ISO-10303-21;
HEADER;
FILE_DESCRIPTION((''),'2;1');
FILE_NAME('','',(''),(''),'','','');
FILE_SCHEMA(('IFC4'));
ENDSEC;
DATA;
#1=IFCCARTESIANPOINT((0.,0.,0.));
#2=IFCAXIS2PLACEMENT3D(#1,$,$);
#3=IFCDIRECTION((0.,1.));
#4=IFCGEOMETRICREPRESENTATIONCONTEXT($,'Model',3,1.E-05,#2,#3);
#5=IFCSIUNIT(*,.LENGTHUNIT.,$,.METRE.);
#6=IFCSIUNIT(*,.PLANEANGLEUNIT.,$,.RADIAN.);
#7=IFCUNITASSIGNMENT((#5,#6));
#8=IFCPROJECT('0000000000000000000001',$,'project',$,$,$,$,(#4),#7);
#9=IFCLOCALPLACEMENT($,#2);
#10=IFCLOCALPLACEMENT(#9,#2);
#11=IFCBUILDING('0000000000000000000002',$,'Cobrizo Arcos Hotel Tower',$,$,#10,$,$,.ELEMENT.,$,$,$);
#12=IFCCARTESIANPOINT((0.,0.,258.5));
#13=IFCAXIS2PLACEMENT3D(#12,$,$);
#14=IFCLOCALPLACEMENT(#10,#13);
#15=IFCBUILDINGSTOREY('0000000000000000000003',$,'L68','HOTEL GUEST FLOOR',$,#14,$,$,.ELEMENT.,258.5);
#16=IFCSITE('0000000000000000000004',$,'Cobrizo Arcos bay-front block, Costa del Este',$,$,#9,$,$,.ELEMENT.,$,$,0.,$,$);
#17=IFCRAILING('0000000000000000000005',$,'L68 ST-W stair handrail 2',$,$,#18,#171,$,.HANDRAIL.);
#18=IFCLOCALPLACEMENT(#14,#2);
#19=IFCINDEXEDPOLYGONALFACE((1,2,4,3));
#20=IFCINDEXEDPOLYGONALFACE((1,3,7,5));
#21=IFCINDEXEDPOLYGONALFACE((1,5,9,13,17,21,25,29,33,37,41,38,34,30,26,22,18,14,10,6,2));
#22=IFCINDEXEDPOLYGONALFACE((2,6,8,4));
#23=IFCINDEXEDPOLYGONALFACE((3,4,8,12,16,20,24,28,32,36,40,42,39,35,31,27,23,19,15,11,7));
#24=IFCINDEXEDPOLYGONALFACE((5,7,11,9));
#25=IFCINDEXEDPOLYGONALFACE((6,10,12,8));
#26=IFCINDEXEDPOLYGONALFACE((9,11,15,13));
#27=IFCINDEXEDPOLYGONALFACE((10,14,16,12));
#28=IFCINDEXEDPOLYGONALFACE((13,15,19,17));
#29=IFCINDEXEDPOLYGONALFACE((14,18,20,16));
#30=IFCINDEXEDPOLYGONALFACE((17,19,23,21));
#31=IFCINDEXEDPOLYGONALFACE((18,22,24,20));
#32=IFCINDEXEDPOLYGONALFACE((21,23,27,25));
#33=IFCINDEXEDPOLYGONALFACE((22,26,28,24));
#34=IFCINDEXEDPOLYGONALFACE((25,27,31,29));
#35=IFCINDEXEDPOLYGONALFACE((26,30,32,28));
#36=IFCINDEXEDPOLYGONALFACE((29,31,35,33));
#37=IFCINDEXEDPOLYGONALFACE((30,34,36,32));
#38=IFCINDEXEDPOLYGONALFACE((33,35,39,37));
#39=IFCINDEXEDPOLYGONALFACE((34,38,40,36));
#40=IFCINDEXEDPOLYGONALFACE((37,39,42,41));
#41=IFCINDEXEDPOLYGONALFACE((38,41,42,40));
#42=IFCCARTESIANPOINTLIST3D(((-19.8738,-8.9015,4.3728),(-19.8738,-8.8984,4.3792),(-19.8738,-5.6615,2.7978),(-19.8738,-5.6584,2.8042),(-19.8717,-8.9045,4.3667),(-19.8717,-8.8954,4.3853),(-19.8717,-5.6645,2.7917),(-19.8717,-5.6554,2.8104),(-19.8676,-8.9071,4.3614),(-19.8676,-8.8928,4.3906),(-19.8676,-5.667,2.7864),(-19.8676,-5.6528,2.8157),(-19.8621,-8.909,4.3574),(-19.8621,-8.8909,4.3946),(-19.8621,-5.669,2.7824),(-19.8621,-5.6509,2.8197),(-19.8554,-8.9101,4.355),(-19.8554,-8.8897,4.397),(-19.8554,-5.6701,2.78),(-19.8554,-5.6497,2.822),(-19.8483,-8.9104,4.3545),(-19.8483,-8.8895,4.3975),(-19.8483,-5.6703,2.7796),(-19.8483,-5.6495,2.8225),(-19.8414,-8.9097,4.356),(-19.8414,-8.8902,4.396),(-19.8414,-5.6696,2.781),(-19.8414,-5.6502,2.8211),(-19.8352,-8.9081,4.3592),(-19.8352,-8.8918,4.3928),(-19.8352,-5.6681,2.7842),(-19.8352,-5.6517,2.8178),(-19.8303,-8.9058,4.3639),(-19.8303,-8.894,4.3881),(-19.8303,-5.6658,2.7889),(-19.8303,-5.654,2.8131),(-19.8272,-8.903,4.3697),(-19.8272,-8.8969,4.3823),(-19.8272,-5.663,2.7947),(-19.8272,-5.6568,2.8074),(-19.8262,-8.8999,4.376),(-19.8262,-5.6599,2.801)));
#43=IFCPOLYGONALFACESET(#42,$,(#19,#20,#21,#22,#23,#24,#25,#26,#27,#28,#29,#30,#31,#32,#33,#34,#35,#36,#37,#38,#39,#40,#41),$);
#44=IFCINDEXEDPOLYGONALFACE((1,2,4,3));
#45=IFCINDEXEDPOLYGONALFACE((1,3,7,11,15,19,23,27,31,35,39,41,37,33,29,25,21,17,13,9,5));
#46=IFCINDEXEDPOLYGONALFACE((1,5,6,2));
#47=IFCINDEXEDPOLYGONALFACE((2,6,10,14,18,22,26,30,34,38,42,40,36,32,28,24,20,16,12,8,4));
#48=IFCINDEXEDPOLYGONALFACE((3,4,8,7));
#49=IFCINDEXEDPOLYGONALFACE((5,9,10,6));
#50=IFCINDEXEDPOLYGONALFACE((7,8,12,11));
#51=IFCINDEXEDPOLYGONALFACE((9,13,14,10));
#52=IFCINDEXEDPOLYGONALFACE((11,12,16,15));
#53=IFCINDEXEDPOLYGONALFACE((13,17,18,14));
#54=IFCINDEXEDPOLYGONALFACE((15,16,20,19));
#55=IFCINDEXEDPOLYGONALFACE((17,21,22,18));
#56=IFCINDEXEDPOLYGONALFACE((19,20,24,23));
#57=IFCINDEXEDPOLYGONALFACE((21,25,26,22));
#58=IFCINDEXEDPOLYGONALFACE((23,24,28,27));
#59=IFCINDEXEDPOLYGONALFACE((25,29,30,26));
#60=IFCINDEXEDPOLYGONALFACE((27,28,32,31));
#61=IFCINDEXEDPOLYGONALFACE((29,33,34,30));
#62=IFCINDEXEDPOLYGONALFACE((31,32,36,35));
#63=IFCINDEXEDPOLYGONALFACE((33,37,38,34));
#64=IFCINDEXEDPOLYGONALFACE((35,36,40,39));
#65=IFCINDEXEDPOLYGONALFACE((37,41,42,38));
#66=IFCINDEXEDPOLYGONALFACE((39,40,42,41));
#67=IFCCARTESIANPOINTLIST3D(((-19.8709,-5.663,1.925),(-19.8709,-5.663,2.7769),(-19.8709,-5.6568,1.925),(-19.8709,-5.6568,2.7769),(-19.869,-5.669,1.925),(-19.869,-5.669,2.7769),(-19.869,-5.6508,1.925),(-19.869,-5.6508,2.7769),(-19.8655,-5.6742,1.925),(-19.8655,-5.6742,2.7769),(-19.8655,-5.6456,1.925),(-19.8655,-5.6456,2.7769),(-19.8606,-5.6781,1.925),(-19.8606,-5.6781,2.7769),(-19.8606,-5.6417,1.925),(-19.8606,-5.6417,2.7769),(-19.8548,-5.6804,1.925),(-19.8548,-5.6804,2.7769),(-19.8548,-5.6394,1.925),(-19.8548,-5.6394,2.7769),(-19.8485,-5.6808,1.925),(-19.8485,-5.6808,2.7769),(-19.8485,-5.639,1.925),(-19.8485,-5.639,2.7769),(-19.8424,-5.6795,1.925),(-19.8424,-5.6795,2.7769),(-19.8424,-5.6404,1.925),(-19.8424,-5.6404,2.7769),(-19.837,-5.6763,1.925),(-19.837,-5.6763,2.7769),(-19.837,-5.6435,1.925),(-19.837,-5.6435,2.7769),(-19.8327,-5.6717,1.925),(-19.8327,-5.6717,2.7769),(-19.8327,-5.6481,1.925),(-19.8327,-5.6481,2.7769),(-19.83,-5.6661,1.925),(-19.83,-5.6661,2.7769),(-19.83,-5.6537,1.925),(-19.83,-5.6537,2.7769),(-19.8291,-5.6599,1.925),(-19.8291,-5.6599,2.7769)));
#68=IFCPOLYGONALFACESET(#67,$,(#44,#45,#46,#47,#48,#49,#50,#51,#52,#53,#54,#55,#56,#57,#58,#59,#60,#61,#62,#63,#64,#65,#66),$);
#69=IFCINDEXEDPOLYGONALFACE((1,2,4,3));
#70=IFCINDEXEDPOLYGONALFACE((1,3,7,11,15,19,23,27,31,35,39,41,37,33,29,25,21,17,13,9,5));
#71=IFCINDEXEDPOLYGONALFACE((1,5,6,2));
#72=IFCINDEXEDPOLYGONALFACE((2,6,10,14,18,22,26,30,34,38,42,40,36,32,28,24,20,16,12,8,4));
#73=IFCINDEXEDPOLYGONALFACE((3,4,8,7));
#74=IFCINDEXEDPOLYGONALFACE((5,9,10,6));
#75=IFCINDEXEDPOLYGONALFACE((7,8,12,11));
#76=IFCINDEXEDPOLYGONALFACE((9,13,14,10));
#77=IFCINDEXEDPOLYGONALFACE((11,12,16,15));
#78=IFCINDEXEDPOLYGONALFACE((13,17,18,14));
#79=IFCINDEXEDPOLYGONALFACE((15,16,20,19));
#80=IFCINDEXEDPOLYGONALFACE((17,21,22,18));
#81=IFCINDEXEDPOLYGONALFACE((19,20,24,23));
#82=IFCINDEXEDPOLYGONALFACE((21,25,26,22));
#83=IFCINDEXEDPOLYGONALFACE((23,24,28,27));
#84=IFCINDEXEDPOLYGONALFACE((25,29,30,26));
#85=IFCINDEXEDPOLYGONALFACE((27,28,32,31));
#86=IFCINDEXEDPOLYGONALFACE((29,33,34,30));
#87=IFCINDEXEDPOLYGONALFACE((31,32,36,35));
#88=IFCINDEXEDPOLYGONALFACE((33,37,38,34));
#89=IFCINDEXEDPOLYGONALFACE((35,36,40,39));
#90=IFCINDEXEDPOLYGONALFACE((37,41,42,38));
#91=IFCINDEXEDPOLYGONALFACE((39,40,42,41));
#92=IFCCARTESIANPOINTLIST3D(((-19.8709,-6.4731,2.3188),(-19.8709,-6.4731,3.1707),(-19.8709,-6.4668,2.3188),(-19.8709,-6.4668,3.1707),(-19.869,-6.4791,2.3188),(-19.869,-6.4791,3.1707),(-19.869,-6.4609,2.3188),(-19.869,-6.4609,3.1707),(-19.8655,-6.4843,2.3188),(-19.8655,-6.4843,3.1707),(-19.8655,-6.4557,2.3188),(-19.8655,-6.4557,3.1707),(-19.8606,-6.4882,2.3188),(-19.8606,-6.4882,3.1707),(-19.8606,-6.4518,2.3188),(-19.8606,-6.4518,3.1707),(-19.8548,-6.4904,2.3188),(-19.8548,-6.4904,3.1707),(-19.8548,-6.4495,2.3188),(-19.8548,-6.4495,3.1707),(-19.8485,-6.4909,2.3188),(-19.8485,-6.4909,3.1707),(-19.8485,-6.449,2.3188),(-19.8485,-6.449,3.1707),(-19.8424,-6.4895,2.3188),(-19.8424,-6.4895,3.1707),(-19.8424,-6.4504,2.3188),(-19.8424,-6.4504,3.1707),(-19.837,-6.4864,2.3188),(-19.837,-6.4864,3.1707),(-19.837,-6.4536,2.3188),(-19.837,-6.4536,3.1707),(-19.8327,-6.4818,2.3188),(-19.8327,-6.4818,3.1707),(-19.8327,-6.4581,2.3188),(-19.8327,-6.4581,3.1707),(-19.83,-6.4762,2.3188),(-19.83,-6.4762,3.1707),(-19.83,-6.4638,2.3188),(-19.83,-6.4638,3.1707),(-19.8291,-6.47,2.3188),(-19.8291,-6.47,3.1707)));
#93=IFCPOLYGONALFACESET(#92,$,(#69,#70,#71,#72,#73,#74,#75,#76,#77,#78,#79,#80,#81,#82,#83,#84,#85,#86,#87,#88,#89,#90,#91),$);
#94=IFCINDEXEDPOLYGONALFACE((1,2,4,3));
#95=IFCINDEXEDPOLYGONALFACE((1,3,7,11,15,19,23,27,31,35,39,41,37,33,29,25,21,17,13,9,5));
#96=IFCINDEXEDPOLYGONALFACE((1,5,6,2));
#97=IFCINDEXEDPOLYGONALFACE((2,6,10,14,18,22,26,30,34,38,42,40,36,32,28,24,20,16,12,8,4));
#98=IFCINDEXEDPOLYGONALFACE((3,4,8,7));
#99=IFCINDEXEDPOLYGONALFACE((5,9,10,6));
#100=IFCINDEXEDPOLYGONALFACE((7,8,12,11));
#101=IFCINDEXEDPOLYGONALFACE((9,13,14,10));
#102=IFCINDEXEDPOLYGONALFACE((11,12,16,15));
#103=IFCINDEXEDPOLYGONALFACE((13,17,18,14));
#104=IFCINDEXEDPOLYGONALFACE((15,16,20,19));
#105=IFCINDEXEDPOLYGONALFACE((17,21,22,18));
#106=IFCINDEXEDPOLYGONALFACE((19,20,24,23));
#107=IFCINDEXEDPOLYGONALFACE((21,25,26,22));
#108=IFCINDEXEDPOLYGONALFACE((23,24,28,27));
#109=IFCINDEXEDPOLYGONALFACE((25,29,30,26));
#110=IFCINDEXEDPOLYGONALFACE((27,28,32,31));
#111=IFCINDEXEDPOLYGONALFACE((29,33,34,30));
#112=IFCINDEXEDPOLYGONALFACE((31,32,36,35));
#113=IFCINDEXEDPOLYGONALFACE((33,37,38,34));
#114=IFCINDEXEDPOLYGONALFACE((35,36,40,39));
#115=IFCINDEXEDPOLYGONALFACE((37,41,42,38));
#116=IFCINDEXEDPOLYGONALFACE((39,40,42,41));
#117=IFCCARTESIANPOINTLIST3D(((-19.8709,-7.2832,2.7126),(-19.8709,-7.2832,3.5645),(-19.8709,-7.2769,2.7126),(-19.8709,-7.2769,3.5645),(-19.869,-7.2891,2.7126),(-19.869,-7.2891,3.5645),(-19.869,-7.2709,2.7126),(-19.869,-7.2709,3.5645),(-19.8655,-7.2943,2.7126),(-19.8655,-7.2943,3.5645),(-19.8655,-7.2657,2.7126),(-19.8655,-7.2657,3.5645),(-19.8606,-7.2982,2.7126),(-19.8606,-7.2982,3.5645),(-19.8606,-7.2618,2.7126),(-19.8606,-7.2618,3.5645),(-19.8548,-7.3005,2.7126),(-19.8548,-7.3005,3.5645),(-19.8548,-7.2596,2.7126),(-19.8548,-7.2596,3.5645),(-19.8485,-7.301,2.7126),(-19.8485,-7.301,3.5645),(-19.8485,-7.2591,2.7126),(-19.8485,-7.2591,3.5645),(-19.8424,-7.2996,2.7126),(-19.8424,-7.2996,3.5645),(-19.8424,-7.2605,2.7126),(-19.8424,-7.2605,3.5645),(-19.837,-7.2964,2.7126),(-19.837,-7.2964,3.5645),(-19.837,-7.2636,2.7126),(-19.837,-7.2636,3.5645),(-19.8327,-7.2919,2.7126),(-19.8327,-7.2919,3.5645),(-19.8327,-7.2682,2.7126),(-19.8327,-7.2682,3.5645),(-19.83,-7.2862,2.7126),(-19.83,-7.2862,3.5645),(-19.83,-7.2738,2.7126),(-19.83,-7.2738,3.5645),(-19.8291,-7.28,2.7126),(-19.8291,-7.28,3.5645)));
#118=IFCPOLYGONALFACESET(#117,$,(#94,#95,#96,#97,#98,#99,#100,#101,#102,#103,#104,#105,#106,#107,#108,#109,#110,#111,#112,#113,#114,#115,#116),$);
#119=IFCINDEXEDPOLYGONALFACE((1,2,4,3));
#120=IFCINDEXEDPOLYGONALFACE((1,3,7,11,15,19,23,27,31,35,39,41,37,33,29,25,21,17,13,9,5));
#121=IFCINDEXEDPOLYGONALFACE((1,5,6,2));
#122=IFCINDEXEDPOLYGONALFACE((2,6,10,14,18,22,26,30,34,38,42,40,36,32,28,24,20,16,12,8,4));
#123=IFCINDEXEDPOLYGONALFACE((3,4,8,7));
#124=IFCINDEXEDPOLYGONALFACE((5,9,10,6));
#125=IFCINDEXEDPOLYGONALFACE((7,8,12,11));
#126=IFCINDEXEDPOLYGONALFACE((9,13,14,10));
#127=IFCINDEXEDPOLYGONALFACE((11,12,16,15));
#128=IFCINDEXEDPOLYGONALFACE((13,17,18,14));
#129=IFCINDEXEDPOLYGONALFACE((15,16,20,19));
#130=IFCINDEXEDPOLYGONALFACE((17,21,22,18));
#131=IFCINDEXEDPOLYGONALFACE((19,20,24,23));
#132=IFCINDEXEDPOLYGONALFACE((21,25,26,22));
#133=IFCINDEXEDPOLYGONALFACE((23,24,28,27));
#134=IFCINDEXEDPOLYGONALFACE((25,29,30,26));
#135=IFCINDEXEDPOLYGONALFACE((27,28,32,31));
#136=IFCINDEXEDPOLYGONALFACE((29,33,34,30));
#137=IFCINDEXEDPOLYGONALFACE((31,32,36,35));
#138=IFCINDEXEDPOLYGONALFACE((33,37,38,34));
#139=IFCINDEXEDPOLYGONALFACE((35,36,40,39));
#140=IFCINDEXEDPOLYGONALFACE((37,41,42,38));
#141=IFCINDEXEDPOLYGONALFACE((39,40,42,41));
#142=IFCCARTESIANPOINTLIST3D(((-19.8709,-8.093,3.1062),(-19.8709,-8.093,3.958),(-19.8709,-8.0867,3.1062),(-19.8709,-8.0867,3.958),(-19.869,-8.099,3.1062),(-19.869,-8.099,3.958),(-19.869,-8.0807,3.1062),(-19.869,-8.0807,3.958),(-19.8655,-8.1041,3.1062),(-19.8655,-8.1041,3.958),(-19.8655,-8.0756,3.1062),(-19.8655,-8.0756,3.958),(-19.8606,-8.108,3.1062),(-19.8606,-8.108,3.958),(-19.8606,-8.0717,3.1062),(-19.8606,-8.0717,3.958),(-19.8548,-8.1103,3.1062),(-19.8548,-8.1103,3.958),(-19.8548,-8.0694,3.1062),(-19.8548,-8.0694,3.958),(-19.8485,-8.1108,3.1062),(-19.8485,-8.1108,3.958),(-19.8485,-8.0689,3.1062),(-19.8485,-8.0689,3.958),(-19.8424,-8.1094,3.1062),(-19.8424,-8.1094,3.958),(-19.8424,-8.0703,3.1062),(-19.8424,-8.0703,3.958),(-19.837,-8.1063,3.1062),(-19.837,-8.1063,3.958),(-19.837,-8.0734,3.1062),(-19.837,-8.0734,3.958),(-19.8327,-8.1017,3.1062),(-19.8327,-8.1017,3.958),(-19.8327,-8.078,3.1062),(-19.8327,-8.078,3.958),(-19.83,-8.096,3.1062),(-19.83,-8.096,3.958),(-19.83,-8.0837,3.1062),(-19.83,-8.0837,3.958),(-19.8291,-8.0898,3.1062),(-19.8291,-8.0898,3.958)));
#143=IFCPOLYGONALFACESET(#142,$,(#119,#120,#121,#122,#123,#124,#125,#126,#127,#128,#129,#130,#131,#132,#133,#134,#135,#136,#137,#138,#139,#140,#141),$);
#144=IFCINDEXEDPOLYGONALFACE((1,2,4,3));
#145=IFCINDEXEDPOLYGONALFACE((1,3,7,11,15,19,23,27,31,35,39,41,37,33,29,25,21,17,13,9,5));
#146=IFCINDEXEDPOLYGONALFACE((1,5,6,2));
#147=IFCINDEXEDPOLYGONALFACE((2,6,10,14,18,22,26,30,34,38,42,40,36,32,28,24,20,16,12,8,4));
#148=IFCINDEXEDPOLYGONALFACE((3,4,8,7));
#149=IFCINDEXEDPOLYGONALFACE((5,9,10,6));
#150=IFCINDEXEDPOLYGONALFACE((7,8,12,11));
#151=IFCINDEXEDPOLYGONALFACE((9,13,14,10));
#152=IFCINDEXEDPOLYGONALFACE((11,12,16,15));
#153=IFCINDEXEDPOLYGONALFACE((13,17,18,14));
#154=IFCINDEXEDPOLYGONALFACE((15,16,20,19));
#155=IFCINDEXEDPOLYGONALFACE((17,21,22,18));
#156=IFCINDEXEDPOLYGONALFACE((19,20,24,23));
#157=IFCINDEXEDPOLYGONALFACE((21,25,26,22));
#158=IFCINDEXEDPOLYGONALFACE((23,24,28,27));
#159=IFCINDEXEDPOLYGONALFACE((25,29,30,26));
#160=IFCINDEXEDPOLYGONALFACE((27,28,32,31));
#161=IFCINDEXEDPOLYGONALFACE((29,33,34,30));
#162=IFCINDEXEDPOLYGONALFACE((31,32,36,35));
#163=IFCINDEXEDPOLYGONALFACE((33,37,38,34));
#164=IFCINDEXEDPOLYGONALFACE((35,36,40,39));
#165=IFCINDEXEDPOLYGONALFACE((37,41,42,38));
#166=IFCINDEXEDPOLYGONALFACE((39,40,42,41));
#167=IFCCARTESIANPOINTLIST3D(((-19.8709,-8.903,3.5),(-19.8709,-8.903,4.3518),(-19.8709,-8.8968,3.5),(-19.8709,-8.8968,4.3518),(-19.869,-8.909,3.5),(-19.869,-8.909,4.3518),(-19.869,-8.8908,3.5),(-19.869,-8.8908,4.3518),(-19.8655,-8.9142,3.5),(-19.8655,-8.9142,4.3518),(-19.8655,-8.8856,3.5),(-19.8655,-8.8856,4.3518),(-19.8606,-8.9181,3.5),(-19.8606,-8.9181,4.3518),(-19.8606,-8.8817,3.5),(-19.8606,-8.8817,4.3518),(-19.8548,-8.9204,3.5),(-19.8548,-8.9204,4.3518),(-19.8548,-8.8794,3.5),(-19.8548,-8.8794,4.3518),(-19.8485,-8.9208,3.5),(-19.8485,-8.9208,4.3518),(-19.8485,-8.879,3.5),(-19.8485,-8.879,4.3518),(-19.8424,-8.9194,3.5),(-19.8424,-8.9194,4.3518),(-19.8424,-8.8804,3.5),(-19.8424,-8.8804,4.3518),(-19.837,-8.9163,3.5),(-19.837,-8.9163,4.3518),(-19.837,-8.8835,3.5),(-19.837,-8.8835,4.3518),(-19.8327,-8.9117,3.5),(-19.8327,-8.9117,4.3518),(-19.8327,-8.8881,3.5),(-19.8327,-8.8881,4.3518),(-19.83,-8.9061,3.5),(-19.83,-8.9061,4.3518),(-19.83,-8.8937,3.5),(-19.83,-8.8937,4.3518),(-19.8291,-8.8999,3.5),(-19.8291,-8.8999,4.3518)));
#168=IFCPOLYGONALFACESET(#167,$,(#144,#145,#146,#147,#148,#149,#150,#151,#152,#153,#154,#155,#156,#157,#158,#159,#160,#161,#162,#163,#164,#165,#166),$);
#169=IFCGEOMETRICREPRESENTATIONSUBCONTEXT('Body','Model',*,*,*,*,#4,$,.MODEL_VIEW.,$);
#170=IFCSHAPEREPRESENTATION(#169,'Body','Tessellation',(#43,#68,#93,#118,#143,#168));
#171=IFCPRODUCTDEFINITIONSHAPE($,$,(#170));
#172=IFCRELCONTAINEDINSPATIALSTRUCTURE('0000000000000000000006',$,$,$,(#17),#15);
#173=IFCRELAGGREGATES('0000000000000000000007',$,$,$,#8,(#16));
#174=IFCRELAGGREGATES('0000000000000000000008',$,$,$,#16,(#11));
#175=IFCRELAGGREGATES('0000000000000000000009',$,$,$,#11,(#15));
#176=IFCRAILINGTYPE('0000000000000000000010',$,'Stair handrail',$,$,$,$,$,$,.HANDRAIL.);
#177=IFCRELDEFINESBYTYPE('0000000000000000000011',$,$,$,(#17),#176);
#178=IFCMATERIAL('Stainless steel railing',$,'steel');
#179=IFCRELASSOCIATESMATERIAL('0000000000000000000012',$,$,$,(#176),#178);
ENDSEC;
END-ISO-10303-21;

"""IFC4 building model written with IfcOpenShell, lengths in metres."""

from ifc_helpers import new_model, si_unit, direction, frame, origin, origin_2d, place, context, subcontext, project, spatial, circle, extrude, material, type_object, element, save


model = new_model("IFC4")

# Units and contexts
model_context = context("Model", 3, precision=1e-05, world=origin(), true_north=direction((0.0, 1.0)))
body_context = subcontext(model_context, "Body", "Model", "MODEL_VIEW")
ifc_project = project(units=[si_unit("LENGTHUNIT", "METRE"), si_unit("PLANEANGLEUNIT", "RADIAN")], contexts=[model_context])

# Site, building, storey
site_placement = place(None, origin())
site = spatial("IfcSite", under=ifc_project, at=site_placement, Name="Cobrizo Arcos bay-front block, Costa del Este", CompositionType="ELEMENT", RefElevation=0.0)
building_placement = place(site_placement, origin())
building = spatial("IfcBuilding", under=site, at=building_placement, Name="Cobrizo Arcos Hotel Tower", CompositionType="ELEMENT")
storey_placement = place(building_placement, frame((0.0, 0.0, 258.5)))
storey = spatial("IfcBuildingStorey", under=building, at=storey_placement, Name="L68", Description="HOTEL GUEST FLOOR", CompositionType="ELEMENT", Elevation=258.5)

# Railing
ifc_material_1 = material(Name="Stainless steel railing", Category="steel")
railing_type_1 = type_object("IfcRailingType", Name="Stair handrail", PredefinedType="HANDRAIL", material=ifc_material_1)
railing_1_placement = place(storey_placement, frame((-19.8501, -5.6599, 1.925)))
element("IfcRailing", 1, at=railing_1_placement, inside=storey, type_object=railing_type_1, Name="L68 ST-W stair handrail 2", PredefinedType="HANDRAIL", context=body_context, shape_type="SweptSolid", body=[
    extrude(circle(Radius=0.0239, at=origin_2d()), frame((0.0, 0.0, 0.876), z_axis=(0.0, -0.899373, 0.437183), x_axis=(1.0, 0.0, 0.0)), (0.0, 0.0, 1.0), 3.6025),
    extrude(circle(Radius=0.021, at=origin_2d()), origin(), (0.0, 0.0, 1.0), 0.8518),
    extrude(circle(Radius=0.021, at=origin_2d()), frame((0.0, -0.8101, 0.3938)), (0.0, 0.0, 1.0), 0.8518),
    extrude(circle(Radius=0.021, at=origin_2d()), frame((0.0, -1.6201, 0.7876)), (0.0, 0.0, 1.0), 0.8518),
    extrude(circle(Radius=0.021, at=origin_2d()), frame((0.0, -2.4299, 1.1812)), (0.0, 0.0, 1.0), 0.8518),
    extrude(circle(Radius=0.021, at=origin_2d()), frame((0.0, -3.24, 1.575)), (0.0, 0.0, 1.0), 0.8518),
])

save(model, "model.ifc")
